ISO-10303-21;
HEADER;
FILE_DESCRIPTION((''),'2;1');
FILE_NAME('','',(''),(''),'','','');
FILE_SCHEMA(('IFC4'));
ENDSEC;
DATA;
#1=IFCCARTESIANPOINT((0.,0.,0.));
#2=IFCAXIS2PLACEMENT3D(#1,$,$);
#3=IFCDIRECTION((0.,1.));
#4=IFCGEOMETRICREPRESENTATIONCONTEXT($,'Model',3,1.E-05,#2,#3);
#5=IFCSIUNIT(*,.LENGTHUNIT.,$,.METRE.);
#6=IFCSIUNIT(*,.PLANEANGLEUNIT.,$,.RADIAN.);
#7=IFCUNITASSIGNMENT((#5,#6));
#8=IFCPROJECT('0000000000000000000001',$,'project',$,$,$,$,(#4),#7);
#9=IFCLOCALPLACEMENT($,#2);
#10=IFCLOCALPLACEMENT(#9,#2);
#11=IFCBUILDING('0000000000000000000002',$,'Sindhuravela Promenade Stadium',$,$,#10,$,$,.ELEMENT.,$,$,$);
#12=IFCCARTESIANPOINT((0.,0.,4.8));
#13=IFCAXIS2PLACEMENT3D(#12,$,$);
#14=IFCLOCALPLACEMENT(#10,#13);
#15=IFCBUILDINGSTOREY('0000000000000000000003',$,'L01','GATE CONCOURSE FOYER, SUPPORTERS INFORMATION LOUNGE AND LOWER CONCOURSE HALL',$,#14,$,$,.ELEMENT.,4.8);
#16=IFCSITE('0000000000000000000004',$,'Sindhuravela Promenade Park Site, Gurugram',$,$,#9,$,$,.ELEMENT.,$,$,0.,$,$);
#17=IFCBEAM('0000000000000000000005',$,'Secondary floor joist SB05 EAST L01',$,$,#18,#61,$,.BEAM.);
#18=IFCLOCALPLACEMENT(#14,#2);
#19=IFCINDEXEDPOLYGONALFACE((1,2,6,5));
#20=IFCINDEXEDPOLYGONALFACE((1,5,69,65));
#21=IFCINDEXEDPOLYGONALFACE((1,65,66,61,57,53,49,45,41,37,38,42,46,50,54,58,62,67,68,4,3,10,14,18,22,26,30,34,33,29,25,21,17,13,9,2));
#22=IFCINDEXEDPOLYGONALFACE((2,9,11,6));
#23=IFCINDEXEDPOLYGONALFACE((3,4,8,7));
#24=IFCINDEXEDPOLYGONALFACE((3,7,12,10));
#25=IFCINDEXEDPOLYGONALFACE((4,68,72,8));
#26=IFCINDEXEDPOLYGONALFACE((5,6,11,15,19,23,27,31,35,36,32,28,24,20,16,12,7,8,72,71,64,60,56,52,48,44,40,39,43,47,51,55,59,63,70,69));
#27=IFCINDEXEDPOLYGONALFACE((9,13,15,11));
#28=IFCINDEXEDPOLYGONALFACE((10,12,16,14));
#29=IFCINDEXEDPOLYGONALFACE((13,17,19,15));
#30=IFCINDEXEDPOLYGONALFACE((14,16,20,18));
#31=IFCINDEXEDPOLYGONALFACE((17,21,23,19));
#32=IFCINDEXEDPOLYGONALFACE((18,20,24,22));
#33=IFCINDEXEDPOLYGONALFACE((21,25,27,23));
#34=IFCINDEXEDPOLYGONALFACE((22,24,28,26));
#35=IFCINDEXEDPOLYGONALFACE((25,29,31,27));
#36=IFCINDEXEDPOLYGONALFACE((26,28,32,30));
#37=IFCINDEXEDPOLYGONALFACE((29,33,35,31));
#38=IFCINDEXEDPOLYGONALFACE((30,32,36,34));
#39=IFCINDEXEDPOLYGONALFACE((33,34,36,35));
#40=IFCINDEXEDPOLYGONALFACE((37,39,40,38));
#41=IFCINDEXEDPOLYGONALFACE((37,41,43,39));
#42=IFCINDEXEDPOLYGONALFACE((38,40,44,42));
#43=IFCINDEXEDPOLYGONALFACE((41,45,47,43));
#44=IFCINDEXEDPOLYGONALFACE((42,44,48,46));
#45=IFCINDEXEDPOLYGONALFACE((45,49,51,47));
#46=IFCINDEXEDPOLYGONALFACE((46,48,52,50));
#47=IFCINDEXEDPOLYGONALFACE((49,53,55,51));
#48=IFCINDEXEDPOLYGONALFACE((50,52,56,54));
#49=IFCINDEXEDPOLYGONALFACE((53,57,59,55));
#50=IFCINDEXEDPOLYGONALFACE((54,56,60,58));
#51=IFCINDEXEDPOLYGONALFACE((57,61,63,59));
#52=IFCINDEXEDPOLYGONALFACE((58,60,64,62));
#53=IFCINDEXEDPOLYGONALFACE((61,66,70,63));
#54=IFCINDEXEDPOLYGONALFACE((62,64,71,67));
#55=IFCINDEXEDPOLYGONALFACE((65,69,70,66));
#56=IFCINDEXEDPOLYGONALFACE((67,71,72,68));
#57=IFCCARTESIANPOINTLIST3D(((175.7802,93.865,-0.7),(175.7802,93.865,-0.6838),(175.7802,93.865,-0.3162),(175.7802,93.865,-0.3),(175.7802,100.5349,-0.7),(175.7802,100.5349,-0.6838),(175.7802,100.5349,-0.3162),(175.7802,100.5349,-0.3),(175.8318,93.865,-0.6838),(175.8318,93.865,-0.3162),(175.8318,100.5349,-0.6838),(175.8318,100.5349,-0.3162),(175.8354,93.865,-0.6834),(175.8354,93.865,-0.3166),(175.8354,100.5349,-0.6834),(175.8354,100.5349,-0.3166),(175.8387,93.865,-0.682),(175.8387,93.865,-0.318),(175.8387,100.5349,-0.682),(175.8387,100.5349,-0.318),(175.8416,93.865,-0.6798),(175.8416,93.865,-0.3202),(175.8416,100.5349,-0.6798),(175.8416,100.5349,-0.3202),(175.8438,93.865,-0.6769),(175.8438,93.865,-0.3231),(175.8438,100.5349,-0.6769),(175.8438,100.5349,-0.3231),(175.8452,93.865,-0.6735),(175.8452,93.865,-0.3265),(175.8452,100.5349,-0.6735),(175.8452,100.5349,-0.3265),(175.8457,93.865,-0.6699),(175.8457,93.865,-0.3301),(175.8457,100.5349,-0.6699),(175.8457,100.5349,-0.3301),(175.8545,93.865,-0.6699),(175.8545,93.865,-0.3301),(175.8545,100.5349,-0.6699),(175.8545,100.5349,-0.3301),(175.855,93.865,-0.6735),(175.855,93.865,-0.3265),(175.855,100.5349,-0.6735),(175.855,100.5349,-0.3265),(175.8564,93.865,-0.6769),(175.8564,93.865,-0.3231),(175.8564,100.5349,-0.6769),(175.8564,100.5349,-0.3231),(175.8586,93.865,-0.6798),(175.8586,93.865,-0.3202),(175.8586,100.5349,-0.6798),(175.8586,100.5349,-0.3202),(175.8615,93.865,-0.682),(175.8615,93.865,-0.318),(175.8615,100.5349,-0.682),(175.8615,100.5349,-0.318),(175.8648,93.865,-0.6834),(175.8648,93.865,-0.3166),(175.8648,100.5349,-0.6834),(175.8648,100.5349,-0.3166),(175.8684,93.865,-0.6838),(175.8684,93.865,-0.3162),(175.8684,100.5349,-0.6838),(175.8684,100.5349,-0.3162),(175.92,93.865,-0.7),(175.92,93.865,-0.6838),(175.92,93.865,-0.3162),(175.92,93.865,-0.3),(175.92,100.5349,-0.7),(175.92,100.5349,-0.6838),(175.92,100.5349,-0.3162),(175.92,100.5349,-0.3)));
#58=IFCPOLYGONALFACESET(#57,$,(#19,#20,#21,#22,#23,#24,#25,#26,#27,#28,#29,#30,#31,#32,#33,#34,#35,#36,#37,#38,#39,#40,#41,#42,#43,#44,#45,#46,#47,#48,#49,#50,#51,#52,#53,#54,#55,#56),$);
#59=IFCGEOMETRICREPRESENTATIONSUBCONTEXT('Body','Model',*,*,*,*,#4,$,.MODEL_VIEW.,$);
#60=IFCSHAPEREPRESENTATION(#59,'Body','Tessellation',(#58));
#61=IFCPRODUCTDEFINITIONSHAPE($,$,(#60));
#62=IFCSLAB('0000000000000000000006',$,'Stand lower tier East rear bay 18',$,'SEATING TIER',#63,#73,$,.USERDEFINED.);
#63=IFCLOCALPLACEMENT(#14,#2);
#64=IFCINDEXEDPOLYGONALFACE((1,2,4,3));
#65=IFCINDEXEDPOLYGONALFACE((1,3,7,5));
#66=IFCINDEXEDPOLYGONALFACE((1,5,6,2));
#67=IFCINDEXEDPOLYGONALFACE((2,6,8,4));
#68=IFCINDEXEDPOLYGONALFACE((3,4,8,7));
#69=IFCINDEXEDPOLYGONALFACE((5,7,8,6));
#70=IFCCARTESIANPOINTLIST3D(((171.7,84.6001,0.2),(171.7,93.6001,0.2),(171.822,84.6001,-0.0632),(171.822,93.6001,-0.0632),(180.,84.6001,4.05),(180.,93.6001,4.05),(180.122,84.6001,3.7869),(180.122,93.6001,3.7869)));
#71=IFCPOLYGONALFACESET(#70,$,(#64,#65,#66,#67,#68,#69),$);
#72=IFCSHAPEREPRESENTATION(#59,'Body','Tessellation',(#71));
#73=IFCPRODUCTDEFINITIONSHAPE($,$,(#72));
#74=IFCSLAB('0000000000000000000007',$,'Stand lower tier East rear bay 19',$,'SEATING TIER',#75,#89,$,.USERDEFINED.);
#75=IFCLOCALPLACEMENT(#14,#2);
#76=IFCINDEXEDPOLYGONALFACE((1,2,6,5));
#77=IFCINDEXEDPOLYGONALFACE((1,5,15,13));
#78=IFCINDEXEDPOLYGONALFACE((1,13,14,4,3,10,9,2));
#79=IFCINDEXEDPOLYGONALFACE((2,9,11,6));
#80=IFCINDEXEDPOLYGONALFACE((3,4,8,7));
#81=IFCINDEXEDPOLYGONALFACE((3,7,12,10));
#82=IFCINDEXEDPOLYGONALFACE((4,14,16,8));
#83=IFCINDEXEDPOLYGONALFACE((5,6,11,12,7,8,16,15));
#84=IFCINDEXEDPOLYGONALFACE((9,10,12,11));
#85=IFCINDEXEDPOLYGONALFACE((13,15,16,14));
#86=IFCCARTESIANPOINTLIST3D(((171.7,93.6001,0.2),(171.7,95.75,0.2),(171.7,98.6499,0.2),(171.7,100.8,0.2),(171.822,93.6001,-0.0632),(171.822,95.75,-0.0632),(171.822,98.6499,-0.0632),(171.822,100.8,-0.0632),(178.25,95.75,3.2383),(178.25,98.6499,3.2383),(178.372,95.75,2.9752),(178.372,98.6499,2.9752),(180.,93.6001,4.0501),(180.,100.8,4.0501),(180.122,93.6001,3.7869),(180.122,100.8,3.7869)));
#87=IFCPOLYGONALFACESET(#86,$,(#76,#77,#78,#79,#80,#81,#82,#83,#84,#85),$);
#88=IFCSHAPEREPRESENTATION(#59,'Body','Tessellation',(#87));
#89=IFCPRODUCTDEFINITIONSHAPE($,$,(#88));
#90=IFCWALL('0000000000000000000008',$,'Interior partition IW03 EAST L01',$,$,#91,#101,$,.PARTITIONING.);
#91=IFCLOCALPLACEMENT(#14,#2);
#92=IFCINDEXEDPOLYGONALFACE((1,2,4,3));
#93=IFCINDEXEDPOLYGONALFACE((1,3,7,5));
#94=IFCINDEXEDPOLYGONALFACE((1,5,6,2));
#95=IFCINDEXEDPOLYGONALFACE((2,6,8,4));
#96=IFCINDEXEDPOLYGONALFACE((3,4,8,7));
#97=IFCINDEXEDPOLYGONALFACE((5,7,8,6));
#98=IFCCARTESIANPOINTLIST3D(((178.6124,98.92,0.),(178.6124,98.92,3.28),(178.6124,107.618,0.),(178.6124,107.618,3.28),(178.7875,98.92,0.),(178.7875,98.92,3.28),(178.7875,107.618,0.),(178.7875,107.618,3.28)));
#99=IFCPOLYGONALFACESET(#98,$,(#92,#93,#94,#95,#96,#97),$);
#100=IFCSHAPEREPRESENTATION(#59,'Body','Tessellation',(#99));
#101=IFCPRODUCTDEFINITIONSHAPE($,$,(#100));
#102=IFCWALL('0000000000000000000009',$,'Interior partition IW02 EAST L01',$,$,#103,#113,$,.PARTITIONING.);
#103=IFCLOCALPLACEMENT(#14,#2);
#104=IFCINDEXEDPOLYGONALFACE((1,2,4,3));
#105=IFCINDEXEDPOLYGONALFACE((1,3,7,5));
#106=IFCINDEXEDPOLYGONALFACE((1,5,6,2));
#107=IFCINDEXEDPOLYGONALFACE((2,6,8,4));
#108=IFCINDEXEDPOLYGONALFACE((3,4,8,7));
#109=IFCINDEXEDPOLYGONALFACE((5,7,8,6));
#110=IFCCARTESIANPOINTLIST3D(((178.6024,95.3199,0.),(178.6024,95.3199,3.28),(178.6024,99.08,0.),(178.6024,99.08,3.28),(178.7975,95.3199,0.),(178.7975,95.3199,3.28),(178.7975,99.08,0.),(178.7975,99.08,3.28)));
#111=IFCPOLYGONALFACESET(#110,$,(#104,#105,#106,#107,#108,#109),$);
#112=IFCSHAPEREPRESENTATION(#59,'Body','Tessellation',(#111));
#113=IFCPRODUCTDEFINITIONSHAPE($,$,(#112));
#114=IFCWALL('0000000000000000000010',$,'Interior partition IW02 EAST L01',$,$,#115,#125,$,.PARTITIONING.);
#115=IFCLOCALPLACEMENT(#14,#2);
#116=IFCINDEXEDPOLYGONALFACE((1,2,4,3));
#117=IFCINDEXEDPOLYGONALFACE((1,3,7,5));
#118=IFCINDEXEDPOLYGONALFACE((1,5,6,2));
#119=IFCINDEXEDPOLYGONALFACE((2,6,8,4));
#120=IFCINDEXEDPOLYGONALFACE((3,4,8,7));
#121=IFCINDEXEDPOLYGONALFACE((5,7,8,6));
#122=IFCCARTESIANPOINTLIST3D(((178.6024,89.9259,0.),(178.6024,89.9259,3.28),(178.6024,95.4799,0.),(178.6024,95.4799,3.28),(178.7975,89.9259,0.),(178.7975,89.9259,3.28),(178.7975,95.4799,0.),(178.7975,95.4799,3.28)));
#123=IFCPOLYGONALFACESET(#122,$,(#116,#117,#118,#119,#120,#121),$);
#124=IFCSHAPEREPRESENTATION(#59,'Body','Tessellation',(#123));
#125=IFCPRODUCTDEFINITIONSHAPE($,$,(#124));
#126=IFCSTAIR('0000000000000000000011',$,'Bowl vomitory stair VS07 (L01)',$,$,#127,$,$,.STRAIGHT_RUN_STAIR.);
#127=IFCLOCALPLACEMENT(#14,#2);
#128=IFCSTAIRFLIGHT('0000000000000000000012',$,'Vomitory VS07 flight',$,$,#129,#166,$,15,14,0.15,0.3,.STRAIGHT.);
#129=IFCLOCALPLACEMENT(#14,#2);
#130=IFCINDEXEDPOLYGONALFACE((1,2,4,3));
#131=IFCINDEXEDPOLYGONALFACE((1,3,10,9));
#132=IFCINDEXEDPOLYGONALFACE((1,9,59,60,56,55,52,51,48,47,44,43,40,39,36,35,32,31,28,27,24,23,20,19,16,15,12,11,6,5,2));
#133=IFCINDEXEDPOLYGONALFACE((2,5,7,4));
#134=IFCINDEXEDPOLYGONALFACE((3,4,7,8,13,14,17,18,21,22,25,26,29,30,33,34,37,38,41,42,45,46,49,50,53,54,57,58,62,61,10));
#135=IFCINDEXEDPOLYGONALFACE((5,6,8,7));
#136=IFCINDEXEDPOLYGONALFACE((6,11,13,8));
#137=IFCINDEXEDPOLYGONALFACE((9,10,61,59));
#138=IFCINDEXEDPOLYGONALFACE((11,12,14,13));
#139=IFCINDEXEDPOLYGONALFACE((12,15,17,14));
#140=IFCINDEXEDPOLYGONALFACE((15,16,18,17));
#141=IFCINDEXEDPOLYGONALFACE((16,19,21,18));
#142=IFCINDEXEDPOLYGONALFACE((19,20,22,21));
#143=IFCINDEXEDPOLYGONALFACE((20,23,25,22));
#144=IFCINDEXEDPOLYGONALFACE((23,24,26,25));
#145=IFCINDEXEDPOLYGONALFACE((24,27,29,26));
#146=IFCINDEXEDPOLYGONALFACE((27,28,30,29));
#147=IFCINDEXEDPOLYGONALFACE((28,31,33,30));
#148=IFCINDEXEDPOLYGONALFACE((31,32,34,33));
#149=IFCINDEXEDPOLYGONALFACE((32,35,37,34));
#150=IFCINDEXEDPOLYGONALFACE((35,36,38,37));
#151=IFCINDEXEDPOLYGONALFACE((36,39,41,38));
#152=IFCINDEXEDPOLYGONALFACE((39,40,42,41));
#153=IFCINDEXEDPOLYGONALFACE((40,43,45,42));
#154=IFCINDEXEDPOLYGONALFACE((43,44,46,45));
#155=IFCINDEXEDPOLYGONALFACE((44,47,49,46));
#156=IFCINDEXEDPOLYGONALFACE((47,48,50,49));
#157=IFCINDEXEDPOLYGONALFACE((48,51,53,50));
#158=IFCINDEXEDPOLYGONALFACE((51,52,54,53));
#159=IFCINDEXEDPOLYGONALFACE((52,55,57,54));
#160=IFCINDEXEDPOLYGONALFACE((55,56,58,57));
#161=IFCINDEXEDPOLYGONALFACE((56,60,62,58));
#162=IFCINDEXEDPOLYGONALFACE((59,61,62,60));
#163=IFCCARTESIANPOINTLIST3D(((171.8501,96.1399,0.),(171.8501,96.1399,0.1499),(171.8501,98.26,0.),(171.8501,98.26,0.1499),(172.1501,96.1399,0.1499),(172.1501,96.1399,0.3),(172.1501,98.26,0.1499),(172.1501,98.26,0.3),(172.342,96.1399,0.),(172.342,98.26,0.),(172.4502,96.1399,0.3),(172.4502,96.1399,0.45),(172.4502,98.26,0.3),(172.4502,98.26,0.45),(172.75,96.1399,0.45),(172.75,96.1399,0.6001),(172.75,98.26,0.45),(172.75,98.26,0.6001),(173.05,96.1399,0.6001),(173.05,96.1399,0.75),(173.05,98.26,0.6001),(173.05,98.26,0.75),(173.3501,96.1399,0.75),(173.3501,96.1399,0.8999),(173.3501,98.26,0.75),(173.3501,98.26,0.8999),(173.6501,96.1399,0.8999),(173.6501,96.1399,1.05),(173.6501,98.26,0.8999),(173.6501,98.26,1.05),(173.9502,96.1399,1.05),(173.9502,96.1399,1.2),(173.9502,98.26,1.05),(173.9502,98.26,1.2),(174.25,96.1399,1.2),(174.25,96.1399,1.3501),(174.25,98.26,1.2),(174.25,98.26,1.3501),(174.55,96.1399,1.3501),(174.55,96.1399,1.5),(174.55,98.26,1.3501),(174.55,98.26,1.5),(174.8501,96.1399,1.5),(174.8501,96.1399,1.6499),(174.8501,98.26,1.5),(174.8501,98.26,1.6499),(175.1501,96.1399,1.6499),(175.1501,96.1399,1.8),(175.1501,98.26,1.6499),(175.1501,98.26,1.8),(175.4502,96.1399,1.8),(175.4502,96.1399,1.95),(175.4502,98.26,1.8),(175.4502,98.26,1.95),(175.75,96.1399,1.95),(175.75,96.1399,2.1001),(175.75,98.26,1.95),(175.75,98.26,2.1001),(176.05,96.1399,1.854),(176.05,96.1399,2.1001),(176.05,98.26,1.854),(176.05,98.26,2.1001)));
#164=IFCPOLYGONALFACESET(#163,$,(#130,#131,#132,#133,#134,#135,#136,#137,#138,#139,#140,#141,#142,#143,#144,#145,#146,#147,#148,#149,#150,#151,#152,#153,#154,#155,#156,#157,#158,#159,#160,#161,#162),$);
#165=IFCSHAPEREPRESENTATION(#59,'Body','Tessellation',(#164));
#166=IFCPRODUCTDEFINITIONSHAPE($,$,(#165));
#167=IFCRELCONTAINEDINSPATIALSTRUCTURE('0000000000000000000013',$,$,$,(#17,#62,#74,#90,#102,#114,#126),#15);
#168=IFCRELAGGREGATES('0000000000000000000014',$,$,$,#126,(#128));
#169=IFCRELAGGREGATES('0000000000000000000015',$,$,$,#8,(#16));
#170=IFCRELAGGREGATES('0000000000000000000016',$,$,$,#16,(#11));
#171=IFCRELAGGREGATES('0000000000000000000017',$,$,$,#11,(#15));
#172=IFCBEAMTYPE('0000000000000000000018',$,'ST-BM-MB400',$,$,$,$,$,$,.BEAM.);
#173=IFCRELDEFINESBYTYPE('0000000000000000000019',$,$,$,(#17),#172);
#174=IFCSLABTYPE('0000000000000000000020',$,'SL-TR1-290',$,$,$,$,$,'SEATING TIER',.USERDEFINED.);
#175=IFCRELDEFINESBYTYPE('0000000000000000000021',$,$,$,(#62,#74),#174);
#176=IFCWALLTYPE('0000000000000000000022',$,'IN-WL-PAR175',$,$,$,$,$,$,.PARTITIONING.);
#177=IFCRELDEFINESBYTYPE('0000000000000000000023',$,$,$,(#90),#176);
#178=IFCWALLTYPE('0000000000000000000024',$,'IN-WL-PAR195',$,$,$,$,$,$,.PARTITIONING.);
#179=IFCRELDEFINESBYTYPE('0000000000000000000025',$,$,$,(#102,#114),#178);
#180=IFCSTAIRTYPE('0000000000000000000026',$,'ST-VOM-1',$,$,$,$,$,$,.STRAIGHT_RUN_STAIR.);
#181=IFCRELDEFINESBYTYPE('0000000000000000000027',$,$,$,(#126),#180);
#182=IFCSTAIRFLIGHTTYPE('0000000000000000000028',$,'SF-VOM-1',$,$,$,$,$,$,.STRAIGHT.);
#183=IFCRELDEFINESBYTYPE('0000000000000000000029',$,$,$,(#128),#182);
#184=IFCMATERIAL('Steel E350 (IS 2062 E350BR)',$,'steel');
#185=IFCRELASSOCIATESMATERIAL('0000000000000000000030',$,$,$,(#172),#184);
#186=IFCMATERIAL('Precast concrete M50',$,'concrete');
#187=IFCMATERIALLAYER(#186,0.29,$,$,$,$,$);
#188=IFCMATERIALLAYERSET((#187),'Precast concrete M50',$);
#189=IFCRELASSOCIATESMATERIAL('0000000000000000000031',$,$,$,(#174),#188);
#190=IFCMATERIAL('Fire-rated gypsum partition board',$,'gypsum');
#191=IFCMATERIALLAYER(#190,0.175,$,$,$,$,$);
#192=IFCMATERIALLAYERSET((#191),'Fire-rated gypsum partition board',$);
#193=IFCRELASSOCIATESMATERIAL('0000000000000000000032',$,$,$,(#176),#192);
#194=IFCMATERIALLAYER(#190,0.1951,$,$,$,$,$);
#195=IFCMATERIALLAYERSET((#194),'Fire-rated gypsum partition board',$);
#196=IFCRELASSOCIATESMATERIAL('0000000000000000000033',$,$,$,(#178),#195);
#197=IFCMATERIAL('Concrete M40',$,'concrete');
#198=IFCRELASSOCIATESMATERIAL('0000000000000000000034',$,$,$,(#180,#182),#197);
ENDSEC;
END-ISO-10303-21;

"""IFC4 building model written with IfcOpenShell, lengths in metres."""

from ifc_helpers import new_model, si_unit, direction, frame, frame_2d, origin, origin_2d, place, context, subcontext, project, spatial, polyline, rectangle, i_section, outline, extrude, material, layer, layer_set, material_profile, profile_set, type_object, element, aggregate, save


model = new_model("IFC4")

# Units and contexts
model_context = context("Model", 3, precision=1e-05, world=origin(), true_north=direction((0.0, 1.0)))
body_context = subcontext(model_context, "Body", "Model", "MODEL_VIEW")
ifc_project = project(units=[si_unit("LENGTHUNIT", "METRE"), si_unit("PLANEANGLEUNIT", "RADIAN")], contexts=[model_context])

# Site, building, storey
site_placement = place(None, origin())
site = spatial("IfcSite", under=ifc_project, at=site_placement, Name="Sindhuravela Promenade Park Site, Gurugram", CompositionType="ELEMENT", RefElevation=0.0)
building_placement = place(site_placement, origin())
building = spatial("IfcBuilding", under=site, at=building_placement, Name="Sindhuravela Promenade Stadium", CompositionType="ELEMENT")
storey_placement = place(building_placement, frame((0.0, 0.0, 4.8)))
storey = spatial("IfcBuildingStorey", under=building, at=storey_placement, Name="L01", Description="GATE CONCOURSE FOYER, SUPPORTERS INFORMATION LOUNGE AND LOWER CONCOURSE HALL", CompositionType="ELEMENT", Elevation=4.8)

# Shared definitions
ifc_material_1 = material(Name="Concrete M40", Category="concrete")

# Beam
ifc_material_2 = material(Name="Steel E350 (IS 2062 E350BR)", Category="steel")
ifc_material_profile_1 = material_profile(ifc_material_2, i_section(OverallWidth=0.1399, OverallDepth=0.3999, WebThickness=0.0088, FlangeThickness=0.0161, FilletRadius=0.0139, at=origin_2d()), Name="ISMB 400")
ifc_profile_set_1 = profile_set([ifc_material_profile_1], Name="Steel E350 (IS 2062 E350BR)")
beam_type_1 = type_object("IfcBeamType", Name="ST-BM-MB400", PredefinedType="BEAM", material=ifc_profile_set_1)
beam_1_placement = place(storey_placement, frame((175.8501, 93.865, -0.5), z_axis=(0.0, 1.0, 0.0), x_axis=(-1.0, 0.0, 0.0)))
element("IfcBeam", 1, at=beam_1_placement, inside=storey, type_object=beam_type_1, Name="Secondary floor joist SB05 EAST L01", PredefinedType="BEAM", context=body_context, shape_type="SweptSolid", body=[
    extrude(i_section(OverallWidth=0.1399, OverallDepth=0.3999, WebThickness=0.0088, FlangeThickness=0.0161, FilletRadius=0.0139, at=origin_2d()), origin(), (0.0, 0.0, 1.0), 6.6699),
])

# Slabs
ifc_material_3 = material(Name="Precast concrete M50", Category="concrete")
ifc_layer_1 = layer(ifc_material_3, 0.29)
ifc_layer_set_1 = layer_set([ifc_layer_1], Name="Precast concrete M50")
slab_type = type_object("IfcSlabType", Name="SL-TR1-290", ElementType="SEATING TIER", PredefinedType="USERDEFINED", material=ifc_layer_set_1)
slab_1_placement = place(storey_placement, frame((171.7, 93.6001, 0.2), z_axis=(-0.420797, 0.0, 0.907155), x_axis=(0.0, -1.0, 0.0)))
element("IfcSlab", 2, at=slab_1_placement, inside=storey, type_object=slab_type, Name="Stand lower tier East rear bay 18", ObjectType="SEATING TIER", PredefinedType="USERDEFINED", context=body_context, shape_type="SweptSolid", body=[
    extrude(outline(polyline([(0.0, 0.0), (9.0, 0.0), (9.0, 9.1495), (0.0, 9.1495), (0.0, 0.0)])), origin(), (0.0, 0.0, -1.0), 0.29),
])
slab_2_placement = place(storey_placement, frame((171.7, 100.8, 0.2), z_axis=(-0.420797, 0.0, 0.907155), x_axis=(0.0, -1.0, 0.0)))
element("IfcSlab", 3, at=slab_2_placement, inside=storey, type_object=slab_type, Name="Stand lower tier East rear bay 19", ObjectType="SEATING TIER", PredefinedType="USERDEFINED", context=body_context, shape_type="SweptSolid", body=[
    extrude(outline(polyline([(0.0, 0.0), (2.1501, 0.0), (2.1501, 7.2204), (5.05, 7.2204), (5.05, 0.0), (7.2, 0.0), (7.2, 9.1495), (0.0, 9.1495), (0.0, 0.0)])), origin(), (0.0, 0.0, -1.0), 0.29),
])

# Walls
ifc_material_4 = material(Name="Fire-rated gypsum partition board", Category="gypsum")
ifc_layer_2 = layer(ifc_material_4, 0.175)
ifc_layer_set_2 = layer_set([ifc_layer_2], Name="Fire-rated gypsum partition board")
wall_type_1 = type_object("IfcWallType", Name="IN-WL-PAR175", PredefinedType="PARTITIONING", material=ifc_layer_set_2)
wall_1_placement = place(storey_placement, frame((178.7, 98.9199, 0.0), z_axis=(0.0, 0.0, 1.0), x_axis=(0.0, 1.0, 0.0)))
element("IfcWall", 4, at=wall_1_placement, inside=storey, type_object=wall_type_1, Name="Interior partition IW03 EAST L01", PredefinedType="PARTITIONING", context=body_context, shape_type="SweptSolid", body=[
    extrude(rectangle(XDim=8.698, YDim=0.175, at=frame_2d((4.3491, 0.0))), origin(), (0.0, 0.0, 1.0), 3.28),
])
ifc_layer_3 = layer(ifc_material_4, 0.1951)
ifc_layer_set_3 = layer_set([ifc_layer_3], Name="Fire-rated gypsum partition board")
wall_type_2 = type_object("IfcWallType", Name="IN-WL-PAR195", PredefinedType="PARTITIONING", material=ifc_layer_set_3)
wall_2_placement = place(storey_placement, frame((178.7, 95.3201, 0.0), z_axis=(0.0, 0.0, 1.0), x_axis=(0.0, 1.0, 0.0)))
element("IfcWall", 5, at=wall_2_placement, inside=storey, type_object=wall_type_2, Name="Interior partition IW02 EAST L01", PredefinedType="PARTITIONING", context=body_context, shape_type="SweptSolid", body=[
    extrude(rectangle(XDim=3.76, YDim=0.1951, at=frame_2d((1.8799, 0.0))), origin(), (0.0, 0.0, 1.0), 3.28),
])
wall_3_placement = place(storey_placement, frame((178.7, 89.926, 0.0), z_axis=(0.0, 0.0, 1.0), x_axis=(0.0, 1.0, 0.0)))
element("IfcWall", 6, at=wall_3_placement, inside=storey, type_object=wall_type_2, Name="Interior partition IW02 EAST L01", PredefinedType="PARTITIONING", context=body_context, shape_type="SweptSolid", body=[
    extrude(rectangle(XDim=5.554, YDim=0.1951, at=frame_2d((2.7769, 0.0))), origin(), (0.0, 0.0, 1.0), 3.28),
])

# Stair, stair flight
stair_type = type_object("IfcStairType", Name="ST-VOM-1", PredefinedType="STRAIGHT_RUN_STAIR", material=ifc_material_1)
stair_placement = place(storey_placement, origin())
stair = element("IfcStair", 7, at=stair_placement, inside=storey, type_object=stair_type, Name="Bowl vomitory stair VS07 (L01)", PredefinedType="STRAIGHT_RUN_STAIR")
stair_flight_type = type_object("IfcStairFlightType", Name="SF-VOM-1", PredefinedType="STRAIGHT", material=ifc_material_1)
stair_flight_placement = place(storey_placement, frame((171.8501, 97.2, 0.0), z_axis=(0.0, 0.0, 1.0), x_axis=(1.0, 0.0, 0.0)))
stair_flight = element("IfcStairFlight", 8, at=stair_flight_placement, type_object=stair_flight_type, Name="Vomitory VS07 flight", NumberOfRisers=15, NumberOfTreads=14, PredefinedType="STRAIGHT", RiserHeight=0.15, TreadLength=0.3, context=body_context, shape_type="SweptSolid", body=[
    extrude(outline(polyline([(0.0, 0.0), (0.0, 0.1499), (0.3, 0.1499), (0.3, 0.3), (0.6001, 0.3), (0.6001, 0.45), (0.8999, 0.45), (0.8999, 0.6001), (1.2, 0.6001), (1.2, 0.75), (1.5, 0.75), (1.5, 0.8999), (1.8, 0.8999), (1.8, 1.05), (2.1001, 1.05), (2.1001, 1.2), (2.3999, 1.2), (2.3999, 1.3501), (2.7, 1.3501), (2.7, 1.5), (3.0, 1.5), (3.0, 1.6499), (3.3, 1.6499), (3.3, 1.8), (3.6001, 1.8), (3.6001, 1.95), (3.8999, 1.95), (3.8999, 2.1001), (4.2, 2.1001), (4.2, 2.25), (4.2, 1.854), (0.4919, 0.0), (0.0, 0.0)])), frame((0.0, 1.0601, 0.0), z_axis=(0.0, -1.0, 0.0), x_axis=(1.0, 0.0, 0.0)), (0.0, 0.0, 1.0), 2.1201),
])
aggregate(stair, [stair_flight])

save(model, "model.ifc")
